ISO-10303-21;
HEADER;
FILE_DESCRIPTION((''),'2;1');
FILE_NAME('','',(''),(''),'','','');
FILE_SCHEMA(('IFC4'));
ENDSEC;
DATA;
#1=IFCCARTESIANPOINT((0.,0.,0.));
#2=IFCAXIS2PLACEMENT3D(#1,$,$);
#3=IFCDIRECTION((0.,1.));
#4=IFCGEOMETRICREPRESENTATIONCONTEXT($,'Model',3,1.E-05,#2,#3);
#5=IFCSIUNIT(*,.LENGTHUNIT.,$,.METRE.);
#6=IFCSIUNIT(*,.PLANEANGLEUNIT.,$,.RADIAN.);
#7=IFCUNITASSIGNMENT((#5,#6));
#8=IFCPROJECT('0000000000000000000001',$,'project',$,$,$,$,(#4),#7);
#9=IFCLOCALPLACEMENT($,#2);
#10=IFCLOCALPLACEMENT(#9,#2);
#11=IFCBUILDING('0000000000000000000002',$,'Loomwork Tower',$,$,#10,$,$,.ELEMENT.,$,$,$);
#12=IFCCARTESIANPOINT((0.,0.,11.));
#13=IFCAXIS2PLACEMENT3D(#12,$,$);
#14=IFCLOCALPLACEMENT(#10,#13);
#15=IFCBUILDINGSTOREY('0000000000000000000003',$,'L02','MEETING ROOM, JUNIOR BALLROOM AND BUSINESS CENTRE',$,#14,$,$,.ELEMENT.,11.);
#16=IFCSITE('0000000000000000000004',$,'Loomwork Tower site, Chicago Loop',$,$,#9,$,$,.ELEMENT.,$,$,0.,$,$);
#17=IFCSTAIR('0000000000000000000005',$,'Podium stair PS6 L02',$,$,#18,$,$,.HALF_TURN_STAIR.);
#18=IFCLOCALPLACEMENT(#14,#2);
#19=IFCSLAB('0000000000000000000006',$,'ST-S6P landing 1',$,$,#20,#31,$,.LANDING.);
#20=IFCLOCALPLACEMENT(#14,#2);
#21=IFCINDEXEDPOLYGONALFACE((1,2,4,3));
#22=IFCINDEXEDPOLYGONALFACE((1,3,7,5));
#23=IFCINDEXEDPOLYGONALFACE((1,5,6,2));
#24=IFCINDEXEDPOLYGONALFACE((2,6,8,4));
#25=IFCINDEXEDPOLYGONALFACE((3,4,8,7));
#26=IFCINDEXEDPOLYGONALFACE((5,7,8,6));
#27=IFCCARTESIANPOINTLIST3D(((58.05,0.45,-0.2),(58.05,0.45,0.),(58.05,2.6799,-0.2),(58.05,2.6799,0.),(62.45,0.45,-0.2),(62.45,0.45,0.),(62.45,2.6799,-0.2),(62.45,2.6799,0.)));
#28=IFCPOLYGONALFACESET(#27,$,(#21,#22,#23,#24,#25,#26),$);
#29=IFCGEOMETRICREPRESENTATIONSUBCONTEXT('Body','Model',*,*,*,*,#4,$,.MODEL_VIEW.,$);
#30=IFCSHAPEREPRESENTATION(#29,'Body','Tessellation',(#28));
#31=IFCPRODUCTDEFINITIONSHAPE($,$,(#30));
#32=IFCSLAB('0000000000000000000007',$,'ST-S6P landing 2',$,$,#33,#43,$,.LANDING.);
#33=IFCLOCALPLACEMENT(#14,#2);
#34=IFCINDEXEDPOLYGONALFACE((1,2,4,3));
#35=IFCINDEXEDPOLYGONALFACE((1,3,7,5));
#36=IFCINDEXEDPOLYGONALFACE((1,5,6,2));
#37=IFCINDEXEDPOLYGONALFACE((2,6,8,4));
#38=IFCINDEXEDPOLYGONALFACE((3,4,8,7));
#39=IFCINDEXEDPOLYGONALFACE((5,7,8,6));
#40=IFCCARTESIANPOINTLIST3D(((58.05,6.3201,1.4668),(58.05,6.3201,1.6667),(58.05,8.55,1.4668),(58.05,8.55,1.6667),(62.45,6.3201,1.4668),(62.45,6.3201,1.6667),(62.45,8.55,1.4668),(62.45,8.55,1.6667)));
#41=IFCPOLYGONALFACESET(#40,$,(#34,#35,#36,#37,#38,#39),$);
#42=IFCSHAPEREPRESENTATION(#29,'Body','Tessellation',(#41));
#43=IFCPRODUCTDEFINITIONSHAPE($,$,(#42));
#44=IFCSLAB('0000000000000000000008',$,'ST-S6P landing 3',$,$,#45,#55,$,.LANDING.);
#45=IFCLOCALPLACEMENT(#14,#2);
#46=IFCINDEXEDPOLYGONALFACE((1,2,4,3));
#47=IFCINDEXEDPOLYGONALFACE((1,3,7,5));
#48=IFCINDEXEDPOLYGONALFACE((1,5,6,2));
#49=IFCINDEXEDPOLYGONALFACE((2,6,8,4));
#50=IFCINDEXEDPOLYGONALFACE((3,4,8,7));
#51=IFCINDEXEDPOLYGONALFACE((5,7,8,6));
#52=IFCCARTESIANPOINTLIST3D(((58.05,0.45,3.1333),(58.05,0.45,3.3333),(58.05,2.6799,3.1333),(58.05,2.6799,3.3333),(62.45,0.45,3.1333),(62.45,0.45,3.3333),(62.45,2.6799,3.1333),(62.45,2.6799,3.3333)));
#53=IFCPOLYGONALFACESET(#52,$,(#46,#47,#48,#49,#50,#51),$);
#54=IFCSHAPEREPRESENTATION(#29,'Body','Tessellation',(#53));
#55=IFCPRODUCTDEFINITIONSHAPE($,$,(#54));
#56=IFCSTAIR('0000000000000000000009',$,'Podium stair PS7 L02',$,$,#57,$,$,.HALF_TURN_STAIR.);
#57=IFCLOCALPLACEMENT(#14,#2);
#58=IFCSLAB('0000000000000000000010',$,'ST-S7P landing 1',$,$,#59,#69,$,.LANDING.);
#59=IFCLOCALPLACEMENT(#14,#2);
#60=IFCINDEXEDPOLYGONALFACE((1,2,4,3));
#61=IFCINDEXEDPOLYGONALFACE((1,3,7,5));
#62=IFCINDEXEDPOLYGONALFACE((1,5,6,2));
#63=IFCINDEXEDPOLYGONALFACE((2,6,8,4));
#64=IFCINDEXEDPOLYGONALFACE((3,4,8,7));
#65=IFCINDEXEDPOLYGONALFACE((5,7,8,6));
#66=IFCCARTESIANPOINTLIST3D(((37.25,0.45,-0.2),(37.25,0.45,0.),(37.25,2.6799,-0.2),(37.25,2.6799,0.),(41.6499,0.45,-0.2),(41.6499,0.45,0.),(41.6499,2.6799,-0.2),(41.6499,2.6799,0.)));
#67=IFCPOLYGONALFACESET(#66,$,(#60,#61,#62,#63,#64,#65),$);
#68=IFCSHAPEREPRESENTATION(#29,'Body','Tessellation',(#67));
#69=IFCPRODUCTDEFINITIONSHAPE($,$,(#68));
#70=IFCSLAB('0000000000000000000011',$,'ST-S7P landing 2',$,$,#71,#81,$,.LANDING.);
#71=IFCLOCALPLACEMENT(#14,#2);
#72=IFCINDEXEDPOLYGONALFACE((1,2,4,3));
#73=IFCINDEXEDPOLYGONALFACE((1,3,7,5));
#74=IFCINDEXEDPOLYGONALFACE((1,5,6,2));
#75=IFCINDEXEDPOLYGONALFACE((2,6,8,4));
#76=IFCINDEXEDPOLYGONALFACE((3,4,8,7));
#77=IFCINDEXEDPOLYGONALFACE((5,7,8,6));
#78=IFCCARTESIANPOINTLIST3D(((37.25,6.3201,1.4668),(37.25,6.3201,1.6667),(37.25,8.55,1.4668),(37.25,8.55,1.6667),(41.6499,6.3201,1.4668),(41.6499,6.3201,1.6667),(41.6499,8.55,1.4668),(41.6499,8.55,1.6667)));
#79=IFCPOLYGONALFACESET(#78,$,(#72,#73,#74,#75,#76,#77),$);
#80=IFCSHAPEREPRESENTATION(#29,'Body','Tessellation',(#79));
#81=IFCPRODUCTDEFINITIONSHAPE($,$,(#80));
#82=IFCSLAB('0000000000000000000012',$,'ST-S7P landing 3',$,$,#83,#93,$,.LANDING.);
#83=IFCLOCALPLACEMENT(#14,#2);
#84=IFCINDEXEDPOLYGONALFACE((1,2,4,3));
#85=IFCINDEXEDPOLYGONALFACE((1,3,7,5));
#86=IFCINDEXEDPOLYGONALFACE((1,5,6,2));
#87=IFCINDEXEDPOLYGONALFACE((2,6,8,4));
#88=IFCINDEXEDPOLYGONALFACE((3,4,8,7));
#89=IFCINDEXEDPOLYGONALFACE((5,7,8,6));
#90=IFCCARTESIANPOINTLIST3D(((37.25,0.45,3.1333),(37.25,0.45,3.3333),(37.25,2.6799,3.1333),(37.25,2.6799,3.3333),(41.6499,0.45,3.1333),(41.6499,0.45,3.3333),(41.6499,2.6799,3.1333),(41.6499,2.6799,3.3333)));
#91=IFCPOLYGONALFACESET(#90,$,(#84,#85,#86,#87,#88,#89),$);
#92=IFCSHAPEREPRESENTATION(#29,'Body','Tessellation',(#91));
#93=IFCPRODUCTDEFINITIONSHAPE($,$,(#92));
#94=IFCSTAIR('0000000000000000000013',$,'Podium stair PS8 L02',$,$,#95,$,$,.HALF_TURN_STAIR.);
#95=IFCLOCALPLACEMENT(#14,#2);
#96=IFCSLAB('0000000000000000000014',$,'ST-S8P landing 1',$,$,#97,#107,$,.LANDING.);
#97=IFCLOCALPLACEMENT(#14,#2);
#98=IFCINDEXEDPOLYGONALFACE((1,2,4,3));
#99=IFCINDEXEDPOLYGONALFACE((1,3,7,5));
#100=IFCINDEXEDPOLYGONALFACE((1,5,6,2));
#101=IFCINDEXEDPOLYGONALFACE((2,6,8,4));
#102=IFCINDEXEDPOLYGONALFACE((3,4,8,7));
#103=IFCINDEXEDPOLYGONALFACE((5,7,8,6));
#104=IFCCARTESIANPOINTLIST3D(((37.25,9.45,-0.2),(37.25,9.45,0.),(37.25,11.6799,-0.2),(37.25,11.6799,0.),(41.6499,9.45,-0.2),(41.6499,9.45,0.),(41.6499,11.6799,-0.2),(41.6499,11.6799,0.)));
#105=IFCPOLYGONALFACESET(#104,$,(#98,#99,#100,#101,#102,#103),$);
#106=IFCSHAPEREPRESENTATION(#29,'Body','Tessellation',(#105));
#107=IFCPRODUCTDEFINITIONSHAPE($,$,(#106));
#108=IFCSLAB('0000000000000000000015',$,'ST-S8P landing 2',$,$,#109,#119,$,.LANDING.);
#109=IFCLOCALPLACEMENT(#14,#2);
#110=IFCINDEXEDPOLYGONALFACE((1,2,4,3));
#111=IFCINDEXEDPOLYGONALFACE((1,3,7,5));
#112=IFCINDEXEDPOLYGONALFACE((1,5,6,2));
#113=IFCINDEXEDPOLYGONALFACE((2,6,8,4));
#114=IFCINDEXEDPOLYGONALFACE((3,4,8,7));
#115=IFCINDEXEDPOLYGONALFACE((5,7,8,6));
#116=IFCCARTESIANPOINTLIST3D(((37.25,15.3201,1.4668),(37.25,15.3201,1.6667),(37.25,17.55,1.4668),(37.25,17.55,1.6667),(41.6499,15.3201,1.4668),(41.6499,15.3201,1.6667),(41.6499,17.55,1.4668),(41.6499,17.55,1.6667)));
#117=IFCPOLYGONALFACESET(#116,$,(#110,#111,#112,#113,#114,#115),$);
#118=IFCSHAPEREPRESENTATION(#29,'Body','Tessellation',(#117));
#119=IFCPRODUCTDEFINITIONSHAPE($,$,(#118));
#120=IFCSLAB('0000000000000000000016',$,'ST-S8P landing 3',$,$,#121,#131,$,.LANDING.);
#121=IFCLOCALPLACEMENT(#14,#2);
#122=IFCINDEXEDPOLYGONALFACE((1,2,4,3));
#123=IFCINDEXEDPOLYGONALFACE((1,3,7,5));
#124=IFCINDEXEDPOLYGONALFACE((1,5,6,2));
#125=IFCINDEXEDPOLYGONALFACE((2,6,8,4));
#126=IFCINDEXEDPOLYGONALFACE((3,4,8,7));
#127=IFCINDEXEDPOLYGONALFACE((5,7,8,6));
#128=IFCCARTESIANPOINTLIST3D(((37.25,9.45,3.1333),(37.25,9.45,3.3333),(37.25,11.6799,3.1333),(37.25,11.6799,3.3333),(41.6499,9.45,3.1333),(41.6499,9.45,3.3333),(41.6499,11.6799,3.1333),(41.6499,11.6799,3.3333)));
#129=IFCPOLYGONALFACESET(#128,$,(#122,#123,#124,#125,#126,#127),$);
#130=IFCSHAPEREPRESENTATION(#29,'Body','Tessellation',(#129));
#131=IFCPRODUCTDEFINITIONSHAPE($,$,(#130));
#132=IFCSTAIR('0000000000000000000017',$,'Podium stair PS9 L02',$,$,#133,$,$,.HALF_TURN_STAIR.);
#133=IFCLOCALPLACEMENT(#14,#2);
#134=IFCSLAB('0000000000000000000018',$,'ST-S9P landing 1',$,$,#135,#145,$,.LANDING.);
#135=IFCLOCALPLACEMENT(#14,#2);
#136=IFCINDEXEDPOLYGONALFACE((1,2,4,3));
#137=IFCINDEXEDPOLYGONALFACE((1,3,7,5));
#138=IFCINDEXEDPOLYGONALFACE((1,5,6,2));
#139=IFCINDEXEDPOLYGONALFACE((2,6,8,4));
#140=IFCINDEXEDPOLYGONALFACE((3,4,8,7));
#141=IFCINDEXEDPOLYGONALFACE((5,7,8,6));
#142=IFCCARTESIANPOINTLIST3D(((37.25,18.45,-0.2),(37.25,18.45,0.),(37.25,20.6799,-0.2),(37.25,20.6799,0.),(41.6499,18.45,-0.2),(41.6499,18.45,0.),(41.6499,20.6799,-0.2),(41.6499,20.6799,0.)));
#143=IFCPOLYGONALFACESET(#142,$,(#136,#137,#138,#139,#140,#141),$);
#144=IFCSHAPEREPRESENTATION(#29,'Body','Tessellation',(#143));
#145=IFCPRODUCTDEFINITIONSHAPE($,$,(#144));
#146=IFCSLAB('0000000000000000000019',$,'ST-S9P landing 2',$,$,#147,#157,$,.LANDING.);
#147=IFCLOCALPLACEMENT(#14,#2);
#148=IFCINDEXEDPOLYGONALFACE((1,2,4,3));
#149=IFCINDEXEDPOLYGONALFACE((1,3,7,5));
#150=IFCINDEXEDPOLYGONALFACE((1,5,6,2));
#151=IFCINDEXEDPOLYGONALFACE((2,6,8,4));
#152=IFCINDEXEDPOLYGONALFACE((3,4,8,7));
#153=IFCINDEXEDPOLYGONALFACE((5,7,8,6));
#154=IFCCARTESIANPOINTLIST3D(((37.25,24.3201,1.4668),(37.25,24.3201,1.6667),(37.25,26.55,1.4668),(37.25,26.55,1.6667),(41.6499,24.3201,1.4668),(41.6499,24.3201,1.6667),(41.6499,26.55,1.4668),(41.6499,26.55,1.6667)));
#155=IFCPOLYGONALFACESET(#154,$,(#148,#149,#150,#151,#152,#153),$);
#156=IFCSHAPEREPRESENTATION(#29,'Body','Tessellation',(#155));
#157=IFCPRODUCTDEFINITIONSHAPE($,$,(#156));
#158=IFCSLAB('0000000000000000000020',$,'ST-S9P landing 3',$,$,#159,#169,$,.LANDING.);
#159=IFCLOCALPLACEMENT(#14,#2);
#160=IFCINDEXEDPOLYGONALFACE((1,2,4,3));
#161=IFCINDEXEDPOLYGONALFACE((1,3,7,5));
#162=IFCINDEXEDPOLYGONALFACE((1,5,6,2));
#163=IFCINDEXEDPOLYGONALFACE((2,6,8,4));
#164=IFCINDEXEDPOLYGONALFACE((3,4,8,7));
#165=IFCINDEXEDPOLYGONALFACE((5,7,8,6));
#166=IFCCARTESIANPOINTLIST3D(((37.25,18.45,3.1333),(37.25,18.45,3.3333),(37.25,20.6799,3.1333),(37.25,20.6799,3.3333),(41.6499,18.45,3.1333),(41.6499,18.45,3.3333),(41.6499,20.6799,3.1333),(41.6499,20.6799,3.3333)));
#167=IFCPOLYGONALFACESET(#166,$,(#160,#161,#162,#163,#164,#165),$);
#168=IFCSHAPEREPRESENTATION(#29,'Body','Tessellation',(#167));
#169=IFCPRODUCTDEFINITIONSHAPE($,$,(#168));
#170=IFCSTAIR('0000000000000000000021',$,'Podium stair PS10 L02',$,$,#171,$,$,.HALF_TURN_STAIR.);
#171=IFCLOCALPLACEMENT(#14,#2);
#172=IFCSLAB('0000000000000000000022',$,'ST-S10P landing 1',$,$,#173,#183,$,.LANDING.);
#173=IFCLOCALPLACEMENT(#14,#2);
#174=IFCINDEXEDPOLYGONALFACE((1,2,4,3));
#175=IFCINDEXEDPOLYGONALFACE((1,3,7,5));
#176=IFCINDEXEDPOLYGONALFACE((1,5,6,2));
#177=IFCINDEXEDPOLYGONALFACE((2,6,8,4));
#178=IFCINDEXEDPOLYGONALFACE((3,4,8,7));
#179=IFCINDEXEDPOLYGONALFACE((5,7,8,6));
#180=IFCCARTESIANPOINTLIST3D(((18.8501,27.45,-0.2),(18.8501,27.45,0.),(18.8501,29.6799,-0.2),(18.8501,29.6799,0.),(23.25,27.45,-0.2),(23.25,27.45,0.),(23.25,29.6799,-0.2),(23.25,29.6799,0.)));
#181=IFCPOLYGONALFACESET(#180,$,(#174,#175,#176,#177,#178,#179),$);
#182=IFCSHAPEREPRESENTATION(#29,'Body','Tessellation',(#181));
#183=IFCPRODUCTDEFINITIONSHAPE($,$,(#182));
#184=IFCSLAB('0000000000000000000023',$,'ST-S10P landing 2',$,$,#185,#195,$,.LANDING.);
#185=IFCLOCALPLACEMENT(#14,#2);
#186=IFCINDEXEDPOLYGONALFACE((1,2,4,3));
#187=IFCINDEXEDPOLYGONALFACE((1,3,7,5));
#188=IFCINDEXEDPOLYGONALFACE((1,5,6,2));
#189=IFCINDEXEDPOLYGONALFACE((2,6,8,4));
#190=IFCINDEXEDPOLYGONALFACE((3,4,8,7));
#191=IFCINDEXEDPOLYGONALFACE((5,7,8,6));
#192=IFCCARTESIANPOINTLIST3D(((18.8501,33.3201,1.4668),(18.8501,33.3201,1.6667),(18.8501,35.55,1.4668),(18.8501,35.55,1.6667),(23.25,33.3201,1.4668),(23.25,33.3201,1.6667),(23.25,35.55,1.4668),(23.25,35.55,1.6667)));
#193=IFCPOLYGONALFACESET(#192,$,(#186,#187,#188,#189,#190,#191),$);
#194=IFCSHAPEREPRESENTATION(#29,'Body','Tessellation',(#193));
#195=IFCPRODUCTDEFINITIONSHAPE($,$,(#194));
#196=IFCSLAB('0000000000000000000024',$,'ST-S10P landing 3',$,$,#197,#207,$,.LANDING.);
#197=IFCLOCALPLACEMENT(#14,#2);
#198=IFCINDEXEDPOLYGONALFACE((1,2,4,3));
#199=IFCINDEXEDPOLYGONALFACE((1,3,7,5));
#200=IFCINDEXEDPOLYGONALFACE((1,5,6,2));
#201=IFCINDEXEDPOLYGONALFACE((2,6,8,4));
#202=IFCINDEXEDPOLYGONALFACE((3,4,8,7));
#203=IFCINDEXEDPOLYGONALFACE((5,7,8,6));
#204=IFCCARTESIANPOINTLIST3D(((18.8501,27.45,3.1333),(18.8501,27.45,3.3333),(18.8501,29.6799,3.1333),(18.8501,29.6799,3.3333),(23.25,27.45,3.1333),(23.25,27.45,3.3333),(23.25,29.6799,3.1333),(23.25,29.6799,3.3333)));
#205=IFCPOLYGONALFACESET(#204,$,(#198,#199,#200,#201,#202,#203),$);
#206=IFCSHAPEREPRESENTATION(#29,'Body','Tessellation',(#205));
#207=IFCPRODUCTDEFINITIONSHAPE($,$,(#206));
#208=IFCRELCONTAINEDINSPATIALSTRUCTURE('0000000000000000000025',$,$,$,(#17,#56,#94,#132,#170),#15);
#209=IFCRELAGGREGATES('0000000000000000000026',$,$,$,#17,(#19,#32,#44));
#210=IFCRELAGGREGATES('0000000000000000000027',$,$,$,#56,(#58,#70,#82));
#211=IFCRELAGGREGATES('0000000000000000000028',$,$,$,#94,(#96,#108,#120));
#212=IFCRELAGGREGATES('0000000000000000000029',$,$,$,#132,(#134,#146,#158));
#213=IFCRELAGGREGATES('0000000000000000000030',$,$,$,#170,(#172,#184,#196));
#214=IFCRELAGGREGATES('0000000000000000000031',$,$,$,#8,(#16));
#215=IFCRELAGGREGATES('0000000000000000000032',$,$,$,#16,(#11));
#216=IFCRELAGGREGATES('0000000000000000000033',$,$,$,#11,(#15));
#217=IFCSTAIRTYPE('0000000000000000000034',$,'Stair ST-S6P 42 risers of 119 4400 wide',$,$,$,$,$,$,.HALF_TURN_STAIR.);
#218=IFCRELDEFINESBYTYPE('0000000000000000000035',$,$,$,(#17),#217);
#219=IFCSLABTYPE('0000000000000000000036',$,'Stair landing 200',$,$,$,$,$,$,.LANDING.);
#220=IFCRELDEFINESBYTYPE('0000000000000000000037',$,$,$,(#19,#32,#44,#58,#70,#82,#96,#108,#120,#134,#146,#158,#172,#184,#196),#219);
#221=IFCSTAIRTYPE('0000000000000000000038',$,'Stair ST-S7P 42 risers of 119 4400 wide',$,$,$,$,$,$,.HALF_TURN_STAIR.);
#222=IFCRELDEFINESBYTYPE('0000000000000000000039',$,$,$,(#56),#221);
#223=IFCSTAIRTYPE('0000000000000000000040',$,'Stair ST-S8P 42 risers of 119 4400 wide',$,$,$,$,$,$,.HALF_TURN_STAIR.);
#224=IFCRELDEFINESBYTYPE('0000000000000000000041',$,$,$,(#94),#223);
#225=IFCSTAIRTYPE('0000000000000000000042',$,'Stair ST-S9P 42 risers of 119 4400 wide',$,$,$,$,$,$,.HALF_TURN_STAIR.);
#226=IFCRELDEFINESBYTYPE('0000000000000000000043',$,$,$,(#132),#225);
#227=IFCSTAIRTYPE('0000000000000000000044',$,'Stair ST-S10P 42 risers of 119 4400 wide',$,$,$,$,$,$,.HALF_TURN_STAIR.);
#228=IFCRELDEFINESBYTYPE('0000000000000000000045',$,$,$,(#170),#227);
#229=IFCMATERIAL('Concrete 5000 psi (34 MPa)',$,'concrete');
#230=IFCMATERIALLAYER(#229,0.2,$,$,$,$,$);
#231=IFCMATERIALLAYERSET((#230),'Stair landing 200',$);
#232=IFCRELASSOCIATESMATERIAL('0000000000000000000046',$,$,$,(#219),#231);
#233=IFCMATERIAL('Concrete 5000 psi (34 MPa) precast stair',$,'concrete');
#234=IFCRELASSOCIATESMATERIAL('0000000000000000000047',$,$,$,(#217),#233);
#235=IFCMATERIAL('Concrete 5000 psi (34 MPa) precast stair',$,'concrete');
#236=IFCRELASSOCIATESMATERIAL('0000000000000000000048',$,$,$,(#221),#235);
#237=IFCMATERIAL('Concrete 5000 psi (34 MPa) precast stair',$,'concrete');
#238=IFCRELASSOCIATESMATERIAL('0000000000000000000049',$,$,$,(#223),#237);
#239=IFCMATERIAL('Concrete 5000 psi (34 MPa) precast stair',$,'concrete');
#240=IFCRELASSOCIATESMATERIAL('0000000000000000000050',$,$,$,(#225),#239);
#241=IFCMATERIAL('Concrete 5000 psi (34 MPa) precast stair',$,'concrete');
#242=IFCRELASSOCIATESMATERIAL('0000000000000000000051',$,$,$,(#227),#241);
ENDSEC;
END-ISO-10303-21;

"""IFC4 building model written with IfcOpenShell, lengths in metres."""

from ifc_helpers import new_model, si_unit, direction, frame, origin, place, context, subcontext, project, spatial, polyline, outline, extrude, material, layer, layer_set, type_object, element, aggregate, save


model = new_model("IFC4")

# Units and contexts
model_context = context("Model", 3, precision=1e-05, world=origin(), true_north=direction((0.0, 1.0)))
body_context = subcontext(model_context, "Body", "Model", "MODEL_VIEW")
ifc_project = project(units=[si_unit("LENGTHUNIT", "METRE"), si_unit("PLANEANGLEUNIT", "RADIAN")], contexts=[model_context])

# Site, building, storey
site_placement = place(None, origin())
site = spatial("IfcSite", under=ifc_project, at=site_placement, Name="Loomwork Tower site, Chicago Loop", CompositionType="ELEMENT", RefElevation=0.0)
building_placement = place(site_placement, origin())
building = spatial("IfcBuilding", under=site, at=building_placement, Name="Loomwork Tower", CompositionType="ELEMENT")
storey_placement = place(building_placement, frame((0.0, 0.0, 11.0)))
storey = spatial("IfcBuildingStorey", under=building, at=storey_placement, Name="L02", Description="MEETING ROOM, JUNIOR BALLROOM AND BUSINESS CENTRE", CompositionType="ELEMENT", Elevation=11.0)

# Shared definitions
ifc_material_1 = material(Name="Concrete 5000 psi (34 MPa)", Category="concrete")
ifc_layer_1 = layer(ifc_material_1, 0.2)
ifc_layer_set_1 = layer_set([ifc_layer_1], Name="Stair landing 200")
slab_type = type_object("IfcSlabType", Name="Stair landing 200", PredefinedType="LANDING", material=ifc_layer_set_1)

# Stairs, slabs
ifc_material_2 = material(Name="Concrete 5000 psi (34 MPa) precast stair", Category="concrete")
stair_type_1 = type_object("IfcStairType", Name="Stair ST-S6P 42 risers of 119 4400 wide", PredefinedType="HALF_TURN_STAIR", material=ifc_material_2)
stair_1_placement = place(storey_placement, origin())
stair_1 = element("IfcStair", 1, at=stair_1_placement, inside=storey, type_object=stair_type_1, Name="Podium stair PS6 L02", PredefinedType="HALF_TURN_STAIR")
slab_1_placement = place(storey_placement, frame((0.0, 0.0, -0.2)))
slab_1 = element("IfcSlab", 2, at=slab_1_placement, type_object=slab_type, Name="ST-S6P landing 1", PredefinedType="LANDING", context=body_context, shape_type="SweptSolid", body=[
    extrude(outline(polyline([(58.05, 0.45), (62.45, 0.45), (62.45, 2.6799), (58.05, 2.6799), (58.05, 0.45)])), origin(), (0.0, 0.0, 1.0), 0.2),
])
slab_2_placement = place(storey_placement, frame((0.0, 0.0, 1.4668)))
slab_2 = element("IfcSlab", 3, at=slab_2_placement, type_object=slab_type, Name="ST-S6P landing 2", PredefinedType="LANDING", context=body_context, shape_type="SweptSolid", body=[
    extrude(outline(polyline([(58.05, 6.3201), (62.45, 6.3201), (62.45, 8.55), (58.05, 8.55), (58.05, 6.3201)])), origin(), (0.0, 0.0, 1.0), 0.2),
])
slab_3_placement = place(storey_placement, frame((0.0, 0.0, 3.1333)))
slab_3 = element("IfcSlab", 4, at=slab_3_placement, type_object=slab_type, Name="ST-S6P landing 3", PredefinedType="LANDING", context=body_context, shape_type="SweptSolid", body=[
    extrude(outline(polyline([(58.05, 0.45), (62.45, 0.45), (62.45, 2.6799), (58.05, 2.6799), (58.05, 0.45)])), origin(), (0.0, 0.0, 1.0), 0.2),
])
aggregate(stair_1, [slab_1, slab_2, slab_3])
ifc_material_3 = material(Name="Concrete 5000 psi (34 MPa) precast stair", Category="concrete")
stair_type_2 = type_object("IfcStairType", Name="Stair ST-S7P 42 risers of 119 4400 wide", PredefinedType="HALF_TURN_STAIR", material=ifc_material_3)
stair_2_placement = place(storey_placement, origin())
stair_2 = element("IfcStair", 5, at=stair_2_placement, inside=storey, type_object=stair_type_2, Name="Podium stair PS7 L02", PredefinedType="HALF_TURN_STAIR")
slab_4_placement = place(storey_placement, frame((0.0, 0.0, -0.2)))
slab_4 = element("IfcSlab", 6, at=slab_4_placement, type_object=slab_type, Name="ST-S7P landing 1", PredefinedType="LANDING", context=body_context, shape_type="SweptSolid", body=[
    extrude(outline(polyline([(37.25, 0.45), (41.6499, 0.45), (41.6499, 2.6799), (37.25, 2.6799), (37.25, 0.45)])), origin(), (0.0, 0.0, 1.0), 0.2),
])
slab_5_placement = place(storey_placement, frame((0.0, 0.0, 1.4668)))
slab_5 = element("IfcSlab", 7, at=slab_5_placement, type_object=slab_type, Name="ST-S7P landing 2", PredefinedType="LANDING", context=body_context, shape_type="SweptSolid", body=[
    extrude(outline(polyline([(37.25, 6.3201), (41.6499, 6.3201), (41.6499, 8.55), (37.25, 8.55), (37.25, 6.3201)])), origin(), (0.0, 0.0, 1.0), 0.2),
])
slab_6_placement = place(storey_placement, frame((0.0, 0.0, 3.1333)))
slab_6 = element("IfcSlab", 8, at=slab_6_placement, type_object=slab_type, Name="ST-S7P landing 3", PredefinedType="LANDING", context=body_context, shape_type="SweptSolid", body=[
    extrude(outline(polyline([(37.25, 0.45), (41.6499, 0.45), (41.6499, 2.6799), (37.25, 2.6799), (37.25, 0.45)])), origin(), (0.0, 0.0, 1.0), 0.2),
])
aggregate(stair_2, [slab_4, slab_5, slab_6])
ifc_material_4 = material(Name="Concrete 5000 psi (34 MPa) precast stair", Category="concrete")
stair_type_3 = type_object("IfcStairType", Name="Stair ST-S8P 42 risers of 119 4400 wide", PredefinedType="HALF_TURN_STAIR", material=ifc_material_4)
stair_3_placement = place(storey_placement, origin())
stair_3 = element("IfcStair", 9, at=stair_3_placement, inside=storey, type_object=stair_type_3, Name="Podium stair PS8 L02", PredefinedType="HALF_TURN_STAIR")
slab_7_placement = place(storey_placement, frame((0.0, 0.0, -0.2)))
slab_7 = element("IfcSlab", 10, at=slab_7_placement, type_object=slab_type, Name="ST-S8P landing 1", PredefinedType="LANDING", context=body_context, shape_type="SweptSolid", body=[
    extrude(outline(polyline([(37.25, 9.45), (41.6499, 9.45), (41.6499, 11.6799), (37.25, 11.6799), (37.25, 9.45)])), origin(), (0.0, 0.0, 1.0), 0.2),
])
slab_8_placement = place(storey_placement, frame((0.0, 0.0, 1.4668)))
slab_8 = element("IfcSlab", 11, at=slab_8_placement, type_object=slab_type, Name="ST-S8P landing 2", PredefinedType="LANDING", context=body_context, shape_type="SweptSolid", body=[
    extrude(outline(polyline([(37.25, 15.3201), (41.6499, 15.3201), (41.6499, 17.55), (37.25, 17.55), (37.25, 15.3201)])), origin(), (0.0, 0.0, 1.0), 0.2),
])
slab_9_placement = place(storey_placement, frame((0.0, 0.0, 3.1333)))
slab_9 = element("IfcSlab", 12, at=slab_9_placement, type_object=slab_type, Name="ST-S8P landing 3", PredefinedType="LANDING", context=body_context, shape_type="SweptSolid", body=[
    extrude(outline(polyline([(37.25, 9.45), (41.6499, 9.45), (41.6499, 11.6799), (37.25, 11.6799), (37.25, 9.45)])), origin(), (0.0, 0.0, 1.0), 0.2),
])
aggregate(stair_3, [slab_7, slab_8, slab_9])
ifc_material_5 = material(Name="Concrete 5000 psi (34 MPa) precast stair", Category="concrete")
stair_type_4 = type_object("IfcStairType", Name="Stair ST-S9P 42 risers of 119 4400 wide", PredefinedType="HALF_TURN_STAIR", material=ifc_material_5)
stair_4_placement = place(storey_placement, origin())
stair_4 = element("IfcStair", 13, at=stair_4_placement, inside=storey, type_object=stair_type_4, Name="Podium stair PS9 L02", PredefinedType="HALF_TURN_STAIR")
slab_10_placement = place(storey_placement, frame((0.0, 0.0, -0.2)))
slab_10 = element("IfcSlab", 14, at=slab_10_placement, type_object=slab_type, Name="ST-S9P landing 1", PredefinedType="LANDING", context=body_context, shape_type="SweptSolid", body=[
    extrude(outline(polyline([(37.25, 18.45), (41.6499, 18.45), (41.6499, 20.6799), (37.25, 20.6799), (37.25, 18.45)])), origin(), (0.0, 0.0, 1.0), 0.2),
])
slab_11_placement = place(storey_placement, frame((0.0, 0.0, 1.4668)))
slab_11 = element("IfcSlab", 15, at=slab_11_placement, type_object=slab_type, Name="ST-S9P landing 2", PredefinedType="LANDING", context=body_context, shape_type="SweptSolid", body=[
    extrude(outline(polyline([(37.25, 24.3201), (41.6499, 24.3201), (41.6499, 26.55), (37.25, 26.55), (37.25, 24.3201)])), origin(), (0.0, 0.0, 1.0), 0.2),
])
slab_12_placement = place(storey_placement, frame((0.0, 0.0, 3.1333)))
slab_12 = element("IfcSlab", 16, at=slab_12_placement, type_object=slab_type, Name="ST-S9P landing 3", PredefinedType="LANDING", context=body_context, shape_type="SweptSolid", body=[
    extrude(outline(polyline([(37.25, 18.45), (41.6499, 18.45), (41.6499, 20.6799), (37.25, 20.6799), (37.25, 18.45)])), origin(), (0.0, 0.0, 1.0), 0.2),
])
aggregate(stair_4, [slab_10, slab_11, slab_12])
ifc_material_6 = material(Name="Concrete 5000 psi (34 MPa) precast stair", Category="concrete")
stair_type_5 = type_object("IfcStairType", Name="Stair ST-S10P 42 risers of 119 4400 wide", PredefinedType="HALF_TURN_STAIR", material=ifc_material_6)
stair_5_placement = place(storey_placement, origin())
stair_5 = element("IfcStair", 17, at=stair_5_placement, inside=storey, type_object=stair_type_5, Name="Podium stair PS10 L02", PredefinedType="HALF_TURN_STAIR")
slab_13_placement = place(storey_placement, frame((0.0, 0.0, -0.2)))
slab_13 = element("IfcSlab", 18, at=slab_13_placement, type_object=slab_type, Name="ST-S10P landing 1", PredefinedType="LANDING", context=body_context, shape_type="SweptSolid", body=[
    extrude(outline(polyline([(18.8501, 27.45), (23.25, 27.45), (23.25, 29.6799), (18.8501, 29.6799), (18.8501, 27.45)])), origin(), (0.0, 0.0, 1.0), 0.2),
])
slab_14_placement = place(storey_placement, frame((0.0, 0.0, 1.4668)))
slab_14 = element("IfcSlab", 19, at=slab_14_placement, type_object=slab_type, Name="ST-S10P landing 2", PredefinedType="LANDING", context=body_context, shape_type="SweptSolid", body=[
    extrude(outline(polyline([(18.8501, 33.3201), (23.25, 33.3201), (23.25, 35.55), (18.8501, 35.55), (18.8501, 33.3201)])), origin(), (0.0, 0.0, 1.0), 0.2),
])
slab_15_placement = place(storey_placement, frame((0.0, 0.0, 3.1333)))
slab_15 = element("IfcSlab", 20, at=slab_15_placement, type_object=slab_type, Name="ST-S10P landing 3", PredefinedType="LANDING", context=body_context, shape_type="SweptSolid", body=[
    extrude(outline(polyline([(18.8501, 27.45), (23.25, 27.45), (23.25, 29.6799), (18.8501, 29.6799), (18.8501, 27.45)])), origin(), (0.0, 0.0, 1.0), 0.2),
])
aggregate(stair_5, [slab_13, slab_14, slab_15])

save(model, "model.ifc")
